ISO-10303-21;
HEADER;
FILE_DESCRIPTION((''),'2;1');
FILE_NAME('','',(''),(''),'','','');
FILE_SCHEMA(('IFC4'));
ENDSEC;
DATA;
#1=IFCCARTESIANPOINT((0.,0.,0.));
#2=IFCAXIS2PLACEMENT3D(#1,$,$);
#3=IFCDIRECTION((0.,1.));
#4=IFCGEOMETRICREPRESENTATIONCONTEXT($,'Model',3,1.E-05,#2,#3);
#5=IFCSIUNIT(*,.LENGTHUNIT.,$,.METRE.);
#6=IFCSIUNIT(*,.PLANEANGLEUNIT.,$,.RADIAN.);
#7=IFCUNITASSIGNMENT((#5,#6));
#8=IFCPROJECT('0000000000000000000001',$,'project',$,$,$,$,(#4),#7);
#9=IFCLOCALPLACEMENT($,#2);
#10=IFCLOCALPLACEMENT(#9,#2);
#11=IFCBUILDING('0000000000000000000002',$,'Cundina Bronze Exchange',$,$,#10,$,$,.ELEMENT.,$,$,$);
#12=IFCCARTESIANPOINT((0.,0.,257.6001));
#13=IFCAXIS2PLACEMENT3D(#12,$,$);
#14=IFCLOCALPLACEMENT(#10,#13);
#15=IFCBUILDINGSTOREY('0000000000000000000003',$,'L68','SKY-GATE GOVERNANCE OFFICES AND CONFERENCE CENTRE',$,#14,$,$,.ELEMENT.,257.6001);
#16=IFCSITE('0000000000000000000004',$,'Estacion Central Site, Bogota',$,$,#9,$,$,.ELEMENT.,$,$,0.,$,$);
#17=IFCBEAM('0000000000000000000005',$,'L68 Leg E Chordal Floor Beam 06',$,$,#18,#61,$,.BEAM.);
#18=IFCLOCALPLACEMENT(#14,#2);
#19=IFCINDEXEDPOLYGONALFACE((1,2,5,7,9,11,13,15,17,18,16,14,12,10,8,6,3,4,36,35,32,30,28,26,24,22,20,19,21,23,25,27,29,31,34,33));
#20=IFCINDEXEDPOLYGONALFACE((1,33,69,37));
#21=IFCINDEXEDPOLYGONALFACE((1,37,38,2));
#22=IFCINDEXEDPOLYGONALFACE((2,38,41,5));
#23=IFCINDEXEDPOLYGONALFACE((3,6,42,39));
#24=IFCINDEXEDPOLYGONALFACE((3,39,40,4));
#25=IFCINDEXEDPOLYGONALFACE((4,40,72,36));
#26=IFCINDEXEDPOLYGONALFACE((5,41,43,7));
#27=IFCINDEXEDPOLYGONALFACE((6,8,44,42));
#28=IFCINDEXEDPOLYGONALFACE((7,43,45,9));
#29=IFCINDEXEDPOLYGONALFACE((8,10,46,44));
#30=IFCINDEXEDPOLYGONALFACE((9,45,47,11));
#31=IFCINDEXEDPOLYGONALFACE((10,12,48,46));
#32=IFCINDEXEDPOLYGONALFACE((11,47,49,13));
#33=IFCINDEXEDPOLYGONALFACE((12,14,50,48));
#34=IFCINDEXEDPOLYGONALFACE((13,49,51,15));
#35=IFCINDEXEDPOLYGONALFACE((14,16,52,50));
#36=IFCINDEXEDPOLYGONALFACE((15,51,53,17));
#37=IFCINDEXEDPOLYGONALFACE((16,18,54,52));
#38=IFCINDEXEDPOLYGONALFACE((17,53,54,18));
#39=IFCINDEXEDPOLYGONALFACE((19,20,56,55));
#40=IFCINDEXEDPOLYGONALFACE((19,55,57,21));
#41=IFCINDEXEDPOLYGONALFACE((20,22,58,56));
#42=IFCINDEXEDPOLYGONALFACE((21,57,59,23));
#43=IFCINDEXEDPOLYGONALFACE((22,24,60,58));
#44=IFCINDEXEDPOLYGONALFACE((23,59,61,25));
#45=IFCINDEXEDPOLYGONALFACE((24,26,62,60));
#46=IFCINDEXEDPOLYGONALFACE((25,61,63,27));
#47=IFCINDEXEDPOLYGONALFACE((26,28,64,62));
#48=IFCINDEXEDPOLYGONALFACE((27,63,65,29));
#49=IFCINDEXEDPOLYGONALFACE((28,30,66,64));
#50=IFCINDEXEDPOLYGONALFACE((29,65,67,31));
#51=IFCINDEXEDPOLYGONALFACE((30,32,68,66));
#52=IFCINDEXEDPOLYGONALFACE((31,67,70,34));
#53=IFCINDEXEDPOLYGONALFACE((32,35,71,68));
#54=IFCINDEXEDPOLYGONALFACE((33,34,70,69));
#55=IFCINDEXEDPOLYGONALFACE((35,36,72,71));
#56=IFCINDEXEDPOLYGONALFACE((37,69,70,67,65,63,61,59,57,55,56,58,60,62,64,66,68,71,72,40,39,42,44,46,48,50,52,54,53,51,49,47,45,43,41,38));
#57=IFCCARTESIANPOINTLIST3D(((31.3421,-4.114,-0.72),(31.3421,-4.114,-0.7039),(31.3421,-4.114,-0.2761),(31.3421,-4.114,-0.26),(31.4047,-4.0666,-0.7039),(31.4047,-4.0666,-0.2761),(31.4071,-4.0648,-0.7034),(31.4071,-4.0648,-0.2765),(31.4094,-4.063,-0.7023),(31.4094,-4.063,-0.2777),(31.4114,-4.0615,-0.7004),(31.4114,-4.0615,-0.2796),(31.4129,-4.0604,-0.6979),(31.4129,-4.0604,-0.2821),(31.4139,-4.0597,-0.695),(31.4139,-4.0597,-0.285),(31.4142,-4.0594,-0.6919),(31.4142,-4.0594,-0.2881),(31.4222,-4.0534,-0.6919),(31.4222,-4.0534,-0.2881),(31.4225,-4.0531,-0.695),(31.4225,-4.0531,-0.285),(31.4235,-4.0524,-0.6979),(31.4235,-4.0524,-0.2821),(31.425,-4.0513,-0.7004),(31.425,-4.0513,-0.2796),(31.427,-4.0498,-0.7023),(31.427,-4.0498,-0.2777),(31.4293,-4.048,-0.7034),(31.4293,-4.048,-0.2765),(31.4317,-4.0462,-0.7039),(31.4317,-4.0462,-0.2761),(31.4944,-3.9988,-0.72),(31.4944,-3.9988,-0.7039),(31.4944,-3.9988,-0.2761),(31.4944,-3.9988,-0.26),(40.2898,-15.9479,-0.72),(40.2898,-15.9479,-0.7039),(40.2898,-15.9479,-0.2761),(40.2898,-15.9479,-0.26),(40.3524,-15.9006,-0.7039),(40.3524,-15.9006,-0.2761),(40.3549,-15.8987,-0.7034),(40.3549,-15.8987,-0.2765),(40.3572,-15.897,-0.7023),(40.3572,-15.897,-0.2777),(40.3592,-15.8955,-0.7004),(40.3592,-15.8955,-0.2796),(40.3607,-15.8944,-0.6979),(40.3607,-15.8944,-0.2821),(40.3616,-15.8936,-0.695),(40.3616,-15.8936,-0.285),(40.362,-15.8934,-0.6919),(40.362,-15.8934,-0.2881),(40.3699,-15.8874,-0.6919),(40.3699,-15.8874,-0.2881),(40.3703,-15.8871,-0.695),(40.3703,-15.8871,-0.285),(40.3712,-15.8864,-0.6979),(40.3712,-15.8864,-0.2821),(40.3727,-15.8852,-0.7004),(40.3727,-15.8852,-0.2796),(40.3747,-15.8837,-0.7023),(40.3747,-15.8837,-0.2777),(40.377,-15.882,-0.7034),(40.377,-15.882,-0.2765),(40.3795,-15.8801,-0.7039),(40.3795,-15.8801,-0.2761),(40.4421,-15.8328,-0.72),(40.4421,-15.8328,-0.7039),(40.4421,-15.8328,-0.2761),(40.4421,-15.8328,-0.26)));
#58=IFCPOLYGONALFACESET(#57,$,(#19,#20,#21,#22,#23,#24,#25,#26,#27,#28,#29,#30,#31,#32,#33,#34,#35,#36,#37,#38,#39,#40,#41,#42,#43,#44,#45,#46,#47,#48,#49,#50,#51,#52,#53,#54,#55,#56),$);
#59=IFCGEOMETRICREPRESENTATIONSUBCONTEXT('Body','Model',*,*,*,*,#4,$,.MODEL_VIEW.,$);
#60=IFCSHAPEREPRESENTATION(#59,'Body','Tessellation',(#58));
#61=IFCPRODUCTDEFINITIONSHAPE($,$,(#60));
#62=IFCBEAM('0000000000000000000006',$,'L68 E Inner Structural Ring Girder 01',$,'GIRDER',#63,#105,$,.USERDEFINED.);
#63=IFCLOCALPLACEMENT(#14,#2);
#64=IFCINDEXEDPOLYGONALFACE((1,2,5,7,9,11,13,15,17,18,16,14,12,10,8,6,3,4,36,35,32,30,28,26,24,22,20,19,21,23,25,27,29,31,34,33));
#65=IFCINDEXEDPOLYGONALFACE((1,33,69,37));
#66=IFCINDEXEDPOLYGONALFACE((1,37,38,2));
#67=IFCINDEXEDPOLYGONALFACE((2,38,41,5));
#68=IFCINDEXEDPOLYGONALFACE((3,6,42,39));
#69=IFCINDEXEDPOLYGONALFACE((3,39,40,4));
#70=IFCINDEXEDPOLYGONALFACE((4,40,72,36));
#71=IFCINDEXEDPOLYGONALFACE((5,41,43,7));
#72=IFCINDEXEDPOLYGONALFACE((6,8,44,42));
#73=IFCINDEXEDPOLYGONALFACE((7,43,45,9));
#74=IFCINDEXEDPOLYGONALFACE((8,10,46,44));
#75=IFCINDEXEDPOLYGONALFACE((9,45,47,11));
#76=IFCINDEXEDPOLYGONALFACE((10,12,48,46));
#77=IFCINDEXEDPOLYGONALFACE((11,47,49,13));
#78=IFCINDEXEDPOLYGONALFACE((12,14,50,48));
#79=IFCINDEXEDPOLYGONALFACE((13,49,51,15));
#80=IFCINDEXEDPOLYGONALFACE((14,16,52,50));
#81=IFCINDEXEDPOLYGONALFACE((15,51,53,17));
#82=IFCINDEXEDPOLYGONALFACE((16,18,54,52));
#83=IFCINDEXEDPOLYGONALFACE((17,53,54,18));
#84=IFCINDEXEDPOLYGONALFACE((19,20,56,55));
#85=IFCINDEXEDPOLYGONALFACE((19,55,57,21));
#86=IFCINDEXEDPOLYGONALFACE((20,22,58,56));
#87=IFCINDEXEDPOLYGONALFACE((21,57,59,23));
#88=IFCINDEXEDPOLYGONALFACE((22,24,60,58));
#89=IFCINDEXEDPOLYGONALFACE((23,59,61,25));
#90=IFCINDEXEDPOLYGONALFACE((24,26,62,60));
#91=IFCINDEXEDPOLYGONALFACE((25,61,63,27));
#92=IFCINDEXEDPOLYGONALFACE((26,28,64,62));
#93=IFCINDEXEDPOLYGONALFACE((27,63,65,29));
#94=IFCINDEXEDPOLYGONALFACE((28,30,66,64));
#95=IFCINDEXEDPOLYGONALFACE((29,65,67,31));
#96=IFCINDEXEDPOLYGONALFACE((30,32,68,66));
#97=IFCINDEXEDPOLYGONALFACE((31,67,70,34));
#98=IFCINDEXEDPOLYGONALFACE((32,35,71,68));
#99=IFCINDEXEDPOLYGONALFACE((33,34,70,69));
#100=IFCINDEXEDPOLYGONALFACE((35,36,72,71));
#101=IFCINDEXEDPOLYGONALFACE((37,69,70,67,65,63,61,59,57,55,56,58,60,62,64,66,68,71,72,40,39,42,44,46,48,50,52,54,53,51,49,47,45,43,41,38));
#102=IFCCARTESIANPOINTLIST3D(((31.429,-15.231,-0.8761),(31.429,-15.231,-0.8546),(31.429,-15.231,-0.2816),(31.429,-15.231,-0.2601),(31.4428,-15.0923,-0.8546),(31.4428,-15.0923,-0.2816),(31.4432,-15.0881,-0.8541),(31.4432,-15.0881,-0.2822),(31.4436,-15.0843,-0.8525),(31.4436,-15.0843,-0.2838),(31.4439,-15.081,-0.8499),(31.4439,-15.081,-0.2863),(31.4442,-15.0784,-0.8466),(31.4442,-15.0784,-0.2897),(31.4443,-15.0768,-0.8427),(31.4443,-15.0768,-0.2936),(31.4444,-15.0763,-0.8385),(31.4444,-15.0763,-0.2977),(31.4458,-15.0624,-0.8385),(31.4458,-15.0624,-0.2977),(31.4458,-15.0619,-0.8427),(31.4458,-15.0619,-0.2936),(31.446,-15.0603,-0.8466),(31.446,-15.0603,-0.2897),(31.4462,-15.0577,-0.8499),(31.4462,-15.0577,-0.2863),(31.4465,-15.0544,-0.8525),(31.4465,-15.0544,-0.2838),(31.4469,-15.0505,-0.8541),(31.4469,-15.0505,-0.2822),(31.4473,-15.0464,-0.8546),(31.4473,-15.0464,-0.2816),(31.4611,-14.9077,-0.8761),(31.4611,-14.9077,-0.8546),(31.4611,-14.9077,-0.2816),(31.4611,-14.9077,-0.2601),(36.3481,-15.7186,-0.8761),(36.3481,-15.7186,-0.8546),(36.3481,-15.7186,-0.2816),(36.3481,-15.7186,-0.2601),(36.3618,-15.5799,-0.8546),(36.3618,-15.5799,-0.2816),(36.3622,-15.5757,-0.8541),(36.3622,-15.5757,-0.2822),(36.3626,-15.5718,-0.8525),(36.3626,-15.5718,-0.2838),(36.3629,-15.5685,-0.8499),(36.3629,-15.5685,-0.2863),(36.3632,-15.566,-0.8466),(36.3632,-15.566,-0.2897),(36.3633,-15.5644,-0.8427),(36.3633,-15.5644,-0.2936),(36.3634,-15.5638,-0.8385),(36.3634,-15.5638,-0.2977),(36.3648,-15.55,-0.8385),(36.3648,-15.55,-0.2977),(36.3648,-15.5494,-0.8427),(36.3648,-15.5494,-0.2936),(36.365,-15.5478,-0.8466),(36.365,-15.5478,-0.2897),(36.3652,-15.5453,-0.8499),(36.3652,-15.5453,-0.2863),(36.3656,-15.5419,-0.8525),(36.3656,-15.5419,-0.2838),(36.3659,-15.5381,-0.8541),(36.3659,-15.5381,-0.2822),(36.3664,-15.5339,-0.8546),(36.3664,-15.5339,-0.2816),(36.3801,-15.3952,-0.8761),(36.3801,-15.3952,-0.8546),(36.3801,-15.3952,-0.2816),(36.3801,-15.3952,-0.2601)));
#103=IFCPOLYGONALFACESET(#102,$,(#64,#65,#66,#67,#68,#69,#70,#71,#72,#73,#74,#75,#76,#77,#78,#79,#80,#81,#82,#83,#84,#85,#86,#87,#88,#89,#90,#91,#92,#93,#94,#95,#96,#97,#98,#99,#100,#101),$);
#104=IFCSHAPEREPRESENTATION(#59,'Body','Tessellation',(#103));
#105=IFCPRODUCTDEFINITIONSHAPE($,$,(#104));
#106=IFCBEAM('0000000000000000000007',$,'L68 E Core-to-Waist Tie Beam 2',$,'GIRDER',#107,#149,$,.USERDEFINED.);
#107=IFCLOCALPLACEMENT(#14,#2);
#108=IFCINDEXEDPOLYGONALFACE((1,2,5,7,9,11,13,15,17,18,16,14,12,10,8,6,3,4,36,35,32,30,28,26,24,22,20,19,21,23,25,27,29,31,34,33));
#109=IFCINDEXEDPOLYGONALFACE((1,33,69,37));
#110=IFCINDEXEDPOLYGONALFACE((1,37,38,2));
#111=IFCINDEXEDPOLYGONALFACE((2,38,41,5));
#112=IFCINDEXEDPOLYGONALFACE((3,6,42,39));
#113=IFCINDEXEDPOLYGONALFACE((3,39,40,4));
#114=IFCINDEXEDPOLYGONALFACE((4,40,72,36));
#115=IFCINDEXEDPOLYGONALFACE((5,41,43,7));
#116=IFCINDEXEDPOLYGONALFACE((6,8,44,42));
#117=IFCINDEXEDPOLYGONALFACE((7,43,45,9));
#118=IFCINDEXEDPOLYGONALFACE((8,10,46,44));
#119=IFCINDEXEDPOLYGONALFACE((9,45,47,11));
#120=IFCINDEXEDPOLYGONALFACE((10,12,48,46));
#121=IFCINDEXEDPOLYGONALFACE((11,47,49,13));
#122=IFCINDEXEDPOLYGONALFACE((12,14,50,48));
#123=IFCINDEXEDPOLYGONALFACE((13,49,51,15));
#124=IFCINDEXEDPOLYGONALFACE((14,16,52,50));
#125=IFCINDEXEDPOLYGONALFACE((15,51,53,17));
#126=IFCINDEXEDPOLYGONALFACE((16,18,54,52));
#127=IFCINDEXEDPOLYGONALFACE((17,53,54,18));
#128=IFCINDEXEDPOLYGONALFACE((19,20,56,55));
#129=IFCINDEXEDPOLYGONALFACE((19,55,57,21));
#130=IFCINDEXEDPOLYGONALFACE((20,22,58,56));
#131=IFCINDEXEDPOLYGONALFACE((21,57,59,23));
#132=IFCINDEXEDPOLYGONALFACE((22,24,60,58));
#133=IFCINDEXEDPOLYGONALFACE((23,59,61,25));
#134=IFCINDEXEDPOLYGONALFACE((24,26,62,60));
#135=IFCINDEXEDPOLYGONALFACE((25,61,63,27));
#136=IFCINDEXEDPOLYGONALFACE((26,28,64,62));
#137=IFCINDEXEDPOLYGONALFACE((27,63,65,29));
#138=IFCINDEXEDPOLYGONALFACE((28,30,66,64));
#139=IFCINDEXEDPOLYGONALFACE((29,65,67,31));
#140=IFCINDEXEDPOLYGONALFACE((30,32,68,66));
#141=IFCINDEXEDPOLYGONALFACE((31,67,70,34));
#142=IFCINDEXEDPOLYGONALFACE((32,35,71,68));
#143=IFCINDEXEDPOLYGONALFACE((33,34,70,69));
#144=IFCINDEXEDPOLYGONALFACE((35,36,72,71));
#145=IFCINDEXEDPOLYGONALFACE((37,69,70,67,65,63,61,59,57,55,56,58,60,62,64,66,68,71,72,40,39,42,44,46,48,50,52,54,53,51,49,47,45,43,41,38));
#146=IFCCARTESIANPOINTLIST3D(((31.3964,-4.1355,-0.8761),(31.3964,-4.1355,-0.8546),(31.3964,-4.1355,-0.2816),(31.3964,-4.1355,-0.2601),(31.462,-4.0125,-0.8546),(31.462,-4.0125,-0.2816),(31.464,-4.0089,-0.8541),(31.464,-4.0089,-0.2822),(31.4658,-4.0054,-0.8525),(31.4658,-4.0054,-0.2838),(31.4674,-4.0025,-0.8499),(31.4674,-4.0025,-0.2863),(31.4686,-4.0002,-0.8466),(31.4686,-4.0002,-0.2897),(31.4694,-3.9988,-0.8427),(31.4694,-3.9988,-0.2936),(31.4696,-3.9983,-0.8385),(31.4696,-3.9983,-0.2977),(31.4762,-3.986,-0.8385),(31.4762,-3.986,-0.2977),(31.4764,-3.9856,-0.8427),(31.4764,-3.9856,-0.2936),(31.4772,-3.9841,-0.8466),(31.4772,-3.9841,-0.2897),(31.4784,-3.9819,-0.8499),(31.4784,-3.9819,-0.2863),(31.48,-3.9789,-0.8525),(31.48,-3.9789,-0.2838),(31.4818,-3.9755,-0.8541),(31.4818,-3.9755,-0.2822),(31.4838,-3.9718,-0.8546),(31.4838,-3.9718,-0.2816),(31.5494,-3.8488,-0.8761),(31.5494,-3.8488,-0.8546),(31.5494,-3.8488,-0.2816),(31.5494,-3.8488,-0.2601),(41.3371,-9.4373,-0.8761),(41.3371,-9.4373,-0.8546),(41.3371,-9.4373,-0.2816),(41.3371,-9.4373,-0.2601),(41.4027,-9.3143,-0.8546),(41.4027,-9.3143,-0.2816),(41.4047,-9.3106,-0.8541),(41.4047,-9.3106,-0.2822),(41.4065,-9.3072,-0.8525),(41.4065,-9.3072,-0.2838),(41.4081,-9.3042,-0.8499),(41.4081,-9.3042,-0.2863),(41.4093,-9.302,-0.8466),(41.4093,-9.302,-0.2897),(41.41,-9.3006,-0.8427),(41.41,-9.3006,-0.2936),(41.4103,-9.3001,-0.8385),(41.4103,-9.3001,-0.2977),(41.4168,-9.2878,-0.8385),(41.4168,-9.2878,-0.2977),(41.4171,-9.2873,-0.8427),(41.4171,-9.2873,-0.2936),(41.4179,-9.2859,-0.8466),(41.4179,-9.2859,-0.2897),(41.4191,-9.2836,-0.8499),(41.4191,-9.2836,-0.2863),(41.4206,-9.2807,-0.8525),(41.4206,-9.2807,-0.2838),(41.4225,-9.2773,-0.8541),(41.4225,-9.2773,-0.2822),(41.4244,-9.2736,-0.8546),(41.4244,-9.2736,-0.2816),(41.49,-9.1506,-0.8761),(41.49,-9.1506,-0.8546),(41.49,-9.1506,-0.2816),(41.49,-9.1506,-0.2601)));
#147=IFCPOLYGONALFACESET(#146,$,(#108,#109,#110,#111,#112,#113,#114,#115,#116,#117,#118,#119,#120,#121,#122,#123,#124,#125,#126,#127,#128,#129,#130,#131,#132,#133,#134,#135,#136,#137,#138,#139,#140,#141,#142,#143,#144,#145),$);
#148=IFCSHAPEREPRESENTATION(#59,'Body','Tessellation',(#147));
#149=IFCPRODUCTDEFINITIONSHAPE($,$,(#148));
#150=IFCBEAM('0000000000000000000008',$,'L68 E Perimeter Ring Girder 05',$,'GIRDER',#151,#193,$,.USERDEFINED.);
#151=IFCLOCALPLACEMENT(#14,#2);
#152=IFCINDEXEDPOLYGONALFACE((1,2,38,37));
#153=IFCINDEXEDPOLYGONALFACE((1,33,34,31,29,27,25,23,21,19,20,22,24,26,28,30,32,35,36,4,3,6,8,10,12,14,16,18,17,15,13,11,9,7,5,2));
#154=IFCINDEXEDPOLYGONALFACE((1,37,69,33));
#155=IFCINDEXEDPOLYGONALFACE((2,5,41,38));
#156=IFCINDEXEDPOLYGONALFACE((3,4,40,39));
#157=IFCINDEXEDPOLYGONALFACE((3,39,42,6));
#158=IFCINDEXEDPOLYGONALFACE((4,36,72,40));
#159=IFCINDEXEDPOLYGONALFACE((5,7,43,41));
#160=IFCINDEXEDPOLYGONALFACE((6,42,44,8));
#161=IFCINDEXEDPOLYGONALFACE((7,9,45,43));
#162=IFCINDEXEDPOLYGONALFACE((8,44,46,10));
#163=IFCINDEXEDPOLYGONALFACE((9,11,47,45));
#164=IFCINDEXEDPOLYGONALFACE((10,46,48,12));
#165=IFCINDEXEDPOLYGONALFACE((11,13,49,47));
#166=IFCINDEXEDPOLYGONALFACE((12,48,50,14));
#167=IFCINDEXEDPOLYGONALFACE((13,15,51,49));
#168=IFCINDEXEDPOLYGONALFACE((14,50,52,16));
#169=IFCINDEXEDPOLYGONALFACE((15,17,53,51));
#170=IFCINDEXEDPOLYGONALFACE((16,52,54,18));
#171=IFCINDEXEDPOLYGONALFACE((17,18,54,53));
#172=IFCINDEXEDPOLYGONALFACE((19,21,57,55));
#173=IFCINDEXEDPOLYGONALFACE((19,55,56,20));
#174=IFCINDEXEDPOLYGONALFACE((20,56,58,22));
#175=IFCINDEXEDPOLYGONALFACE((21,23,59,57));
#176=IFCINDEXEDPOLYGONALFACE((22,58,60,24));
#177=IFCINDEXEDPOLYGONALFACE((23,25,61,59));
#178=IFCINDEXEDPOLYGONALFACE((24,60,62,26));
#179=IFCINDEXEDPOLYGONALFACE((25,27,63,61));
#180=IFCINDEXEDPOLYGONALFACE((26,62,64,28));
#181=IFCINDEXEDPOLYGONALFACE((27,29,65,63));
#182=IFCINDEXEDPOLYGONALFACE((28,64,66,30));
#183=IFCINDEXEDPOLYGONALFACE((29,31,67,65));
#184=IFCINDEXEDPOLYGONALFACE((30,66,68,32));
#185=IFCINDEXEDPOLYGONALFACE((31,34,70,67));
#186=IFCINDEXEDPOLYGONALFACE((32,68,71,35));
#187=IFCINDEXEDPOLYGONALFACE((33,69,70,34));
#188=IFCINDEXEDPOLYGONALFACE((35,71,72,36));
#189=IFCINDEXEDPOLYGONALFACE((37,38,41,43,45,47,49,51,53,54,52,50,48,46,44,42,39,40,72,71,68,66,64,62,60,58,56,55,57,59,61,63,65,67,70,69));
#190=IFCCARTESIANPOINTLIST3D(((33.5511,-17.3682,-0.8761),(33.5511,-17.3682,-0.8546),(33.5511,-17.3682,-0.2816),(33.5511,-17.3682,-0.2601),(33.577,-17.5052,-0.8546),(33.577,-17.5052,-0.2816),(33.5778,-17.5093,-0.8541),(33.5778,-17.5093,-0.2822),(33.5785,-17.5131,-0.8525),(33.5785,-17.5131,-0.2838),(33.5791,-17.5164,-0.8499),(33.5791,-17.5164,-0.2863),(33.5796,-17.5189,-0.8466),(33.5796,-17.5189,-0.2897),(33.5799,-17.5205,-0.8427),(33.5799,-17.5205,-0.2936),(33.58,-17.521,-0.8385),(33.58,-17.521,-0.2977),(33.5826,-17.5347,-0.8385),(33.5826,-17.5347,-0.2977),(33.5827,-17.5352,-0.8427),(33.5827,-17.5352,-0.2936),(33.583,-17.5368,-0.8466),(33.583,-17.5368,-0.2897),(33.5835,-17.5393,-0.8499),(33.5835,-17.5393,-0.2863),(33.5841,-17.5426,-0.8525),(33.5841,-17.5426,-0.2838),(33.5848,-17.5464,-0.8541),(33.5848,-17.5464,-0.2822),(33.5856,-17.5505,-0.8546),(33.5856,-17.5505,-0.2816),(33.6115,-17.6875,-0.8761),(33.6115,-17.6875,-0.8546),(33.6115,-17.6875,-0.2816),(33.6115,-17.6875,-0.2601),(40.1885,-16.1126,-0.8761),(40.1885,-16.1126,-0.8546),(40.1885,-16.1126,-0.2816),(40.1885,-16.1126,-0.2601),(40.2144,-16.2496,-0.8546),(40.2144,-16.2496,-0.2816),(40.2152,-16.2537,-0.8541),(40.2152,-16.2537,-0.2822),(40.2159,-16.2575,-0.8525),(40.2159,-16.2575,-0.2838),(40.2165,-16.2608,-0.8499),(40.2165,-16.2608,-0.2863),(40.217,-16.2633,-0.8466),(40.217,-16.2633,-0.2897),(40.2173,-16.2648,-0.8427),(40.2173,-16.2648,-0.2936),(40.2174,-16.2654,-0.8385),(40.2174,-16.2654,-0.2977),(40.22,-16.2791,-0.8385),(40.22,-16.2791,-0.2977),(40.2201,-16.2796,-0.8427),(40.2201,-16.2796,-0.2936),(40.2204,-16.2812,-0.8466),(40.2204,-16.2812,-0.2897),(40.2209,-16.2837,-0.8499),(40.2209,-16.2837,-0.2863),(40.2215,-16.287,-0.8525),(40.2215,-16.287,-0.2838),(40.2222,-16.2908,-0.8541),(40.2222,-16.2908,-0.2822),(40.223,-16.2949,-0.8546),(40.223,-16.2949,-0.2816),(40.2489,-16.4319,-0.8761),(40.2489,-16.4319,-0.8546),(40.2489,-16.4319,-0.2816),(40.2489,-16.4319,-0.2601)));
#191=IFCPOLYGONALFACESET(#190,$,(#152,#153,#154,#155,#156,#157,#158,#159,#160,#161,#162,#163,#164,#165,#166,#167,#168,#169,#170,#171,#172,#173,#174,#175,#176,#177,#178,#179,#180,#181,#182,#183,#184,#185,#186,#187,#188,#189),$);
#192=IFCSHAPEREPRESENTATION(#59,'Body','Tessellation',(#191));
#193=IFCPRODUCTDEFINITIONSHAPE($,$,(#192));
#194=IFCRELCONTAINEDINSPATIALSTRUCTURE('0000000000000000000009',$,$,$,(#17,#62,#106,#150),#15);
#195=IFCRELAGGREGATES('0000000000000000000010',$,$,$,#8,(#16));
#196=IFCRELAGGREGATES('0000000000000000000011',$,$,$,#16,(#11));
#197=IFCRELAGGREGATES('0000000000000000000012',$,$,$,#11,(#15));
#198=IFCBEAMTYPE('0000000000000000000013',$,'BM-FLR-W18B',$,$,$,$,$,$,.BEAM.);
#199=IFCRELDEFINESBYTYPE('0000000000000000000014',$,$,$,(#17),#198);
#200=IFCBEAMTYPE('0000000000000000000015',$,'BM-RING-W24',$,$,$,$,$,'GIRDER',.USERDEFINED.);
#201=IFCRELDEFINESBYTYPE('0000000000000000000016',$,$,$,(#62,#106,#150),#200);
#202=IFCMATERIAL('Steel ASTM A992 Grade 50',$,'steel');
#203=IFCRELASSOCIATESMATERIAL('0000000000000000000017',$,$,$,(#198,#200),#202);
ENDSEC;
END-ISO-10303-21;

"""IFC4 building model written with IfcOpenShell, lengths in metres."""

from ifc_helpers import new_model, si_unit, direction, frame, origin, origin_2d, place, context, subcontext, project, spatial, i_section, extrude, material, material_profile, profile_set, type_object, element, save


model = new_model("IFC4")

# Units and contexts
model_context = context("Model", 3, precision=1e-05, world=origin(), true_north=direction((0.0, 1.0)))
body_context = subcontext(model_context, "Body", "Model", "MODEL_VIEW")
ifc_project = project(units=[si_unit("LENGTHUNIT", "METRE"), si_unit("PLANEANGLEUNIT", "RADIAN")], contexts=[model_context])

# Site, building, storey
site_placement = place(None, origin())
site = spatial("IfcSite", under=ifc_project, at=site_placement, Name="Estacion Central Site, Bogota", CompositionType="ELEMENT", RefElevation=0.0)
building_placement = place(site_placement, origin())
building = spatial("IfcBuilding", under=site, at=building_placement, Name="Cundina Bronze Exchange", CompositionType="ELEMENT")
storey_placement = place(building_placement, frame((0.0, 0.0, 257.6001)))
storey = spatial("IfcBuildingStorey", under=building, at=storey_placement, Name="L68", Description="SKY-GATE GOVERNANCE OFFICES AND CONFERENCE CENTRE", CompositionType="ELEMENT", Elevation=257.6001)

# Shared definitions
ifc_material_1 = material(Name="Steel ASTM A992 Grade 50", Category="steel")

# Beams
ifc_material_profile_1 = material_profile(ifc_material_1, i_section(OverallWidth=0.1909, OverallDepth=0.46, WebThickness=0.01, FlangeThickness=0.0161, FilletRadius=0.012, at=origin_2d()), Name="W18X55", Category="steel")
ifc_profile_set_1 = profile_set([ifc_material_profile_1], Name="Steel ASTM A992 Grade 50")
beam_type_1 = type_object("IfcBeamType", Name="BM-FLR-W18B", PredefinedType="BEAM", material=ifc_profile_set_1)
beam_1_placement = place(storey_placement, frame((31.4182, -4.0564, -0.49), z_axis=(0.603113, -0.797656, 0.0), x_axis=(0.797656, 0.603113, 0.0)))
element("IfcBeam", 1, at=beam_1_placement, inside=storey, type_object=beam_type_1, Name="L68 Leg E Chordal Floor Beam 06", PredefinedType="BEAM", context=body_context, shape_type="SweptSolid", body=[
    extrude(i_section(OverallWidth=0.1909, OverallDepth=0.46, WebThickness=0.01, FlangeThickness=0.0161, FilletRadius=0.012, at=origin_2d()), origin(), (0.0, 0.0, 1.0), 14.8359),
])
ifc_material_profile_2 = material_profile(ifc_material_1, i_section(OverallWidth=0.325, OverallDepth=0.616, WebThickness=0.0139, FlangeThickness=0.0215, FilletRadius=0.0161, at=origin_2d()), Name="W24X117", Category="steel")
ifc_profile_set_2 = profile_set([ifc_material_profile_2], Name="Steel ASTM A992 Grade 50")
beam_type_2 = type_object("IfcBeamType", Name="BM-RING-W24", ElementType="GIRDER", PredefinedType="USERDEFINED", material=ifc_profile_set_2)
beam_2_placement = place(storey_placement, frame((31.4451, -15.0693, -0.5681), z_axis=(0.995124, -0.098633, 0.0), x_axis=(0.098633, 0.995124, 0.0)))
element("IfcBeam", 2, at=beam_2_placement, inside=storey, type_object=beam_type_2, Name="L68 E Inner Structural Ring Girder 01", ObjectType="GIRDER", PredefinedType="USERDEFINED", context=body_context, shape_type="SweptSolid", body=[
    extrude(i_section(OverallWidth=0.325, OverallDepth=0.616, WebThickness=0.0139, FlangeThickness=0.0215, FilletRadius=0.0161, at=origin_2d()), origin(), (0.0, 0.0, 1.0), 4.9431),
])
beam_3_placement = place(storey_placement, frame((31.4729, -3.9922, -0.5681), z_axis=(0.882351, -0.470593, 0.0), x_axis=(0.470593, 0.882351, 0.0)))
element("IfcBeam", 3, at=beam_3_placement, inside=storey, type_object=beam_type_2, Name="L68 E Core-to-Waist Tie Beam 2", ObjectType="GIRDER", PredefinedType="USERDEFINED", context=body_context, shape_type="SweptSolid", body=[
    extrude(i_section(OverallWidth=0.325, OverallDepth=0.616, WebThickness=0.0139, FlangeThickness=0.0215, FilletRadius=0.0161, at=origin_2d()), origin(), (0.0, 0.0, 1.0), 11.2661),
])
beam_4_placement = place(storey_placement, frame((33.5813, -17.5278, -0.5681), z_axis=(0.982573, 0.185875, 0.0), x_axis=(-0.185875, 0.982573, 0.0)))
element("IfcBeam", 4, at=beam_4_placement, inside=storey, type_object=beam_type_2, Name="L68 E Perimeter Ring Girder 05", ObjectType="GIRDER", PredefinedType="USERDEFINED", context=body_context, shape_type="SweptSolid", body=[
    extrude(i_section(OverallWidth=0.325, OverallDepth=0.616, WebThickness=0.0139, FlangeThickness=0.0215, FilletRadius=0.0161, at=origin_2d()), origin(), (0.0, 0.0, 1.0), 6.7551),
])

save(model, "model.ifc")
